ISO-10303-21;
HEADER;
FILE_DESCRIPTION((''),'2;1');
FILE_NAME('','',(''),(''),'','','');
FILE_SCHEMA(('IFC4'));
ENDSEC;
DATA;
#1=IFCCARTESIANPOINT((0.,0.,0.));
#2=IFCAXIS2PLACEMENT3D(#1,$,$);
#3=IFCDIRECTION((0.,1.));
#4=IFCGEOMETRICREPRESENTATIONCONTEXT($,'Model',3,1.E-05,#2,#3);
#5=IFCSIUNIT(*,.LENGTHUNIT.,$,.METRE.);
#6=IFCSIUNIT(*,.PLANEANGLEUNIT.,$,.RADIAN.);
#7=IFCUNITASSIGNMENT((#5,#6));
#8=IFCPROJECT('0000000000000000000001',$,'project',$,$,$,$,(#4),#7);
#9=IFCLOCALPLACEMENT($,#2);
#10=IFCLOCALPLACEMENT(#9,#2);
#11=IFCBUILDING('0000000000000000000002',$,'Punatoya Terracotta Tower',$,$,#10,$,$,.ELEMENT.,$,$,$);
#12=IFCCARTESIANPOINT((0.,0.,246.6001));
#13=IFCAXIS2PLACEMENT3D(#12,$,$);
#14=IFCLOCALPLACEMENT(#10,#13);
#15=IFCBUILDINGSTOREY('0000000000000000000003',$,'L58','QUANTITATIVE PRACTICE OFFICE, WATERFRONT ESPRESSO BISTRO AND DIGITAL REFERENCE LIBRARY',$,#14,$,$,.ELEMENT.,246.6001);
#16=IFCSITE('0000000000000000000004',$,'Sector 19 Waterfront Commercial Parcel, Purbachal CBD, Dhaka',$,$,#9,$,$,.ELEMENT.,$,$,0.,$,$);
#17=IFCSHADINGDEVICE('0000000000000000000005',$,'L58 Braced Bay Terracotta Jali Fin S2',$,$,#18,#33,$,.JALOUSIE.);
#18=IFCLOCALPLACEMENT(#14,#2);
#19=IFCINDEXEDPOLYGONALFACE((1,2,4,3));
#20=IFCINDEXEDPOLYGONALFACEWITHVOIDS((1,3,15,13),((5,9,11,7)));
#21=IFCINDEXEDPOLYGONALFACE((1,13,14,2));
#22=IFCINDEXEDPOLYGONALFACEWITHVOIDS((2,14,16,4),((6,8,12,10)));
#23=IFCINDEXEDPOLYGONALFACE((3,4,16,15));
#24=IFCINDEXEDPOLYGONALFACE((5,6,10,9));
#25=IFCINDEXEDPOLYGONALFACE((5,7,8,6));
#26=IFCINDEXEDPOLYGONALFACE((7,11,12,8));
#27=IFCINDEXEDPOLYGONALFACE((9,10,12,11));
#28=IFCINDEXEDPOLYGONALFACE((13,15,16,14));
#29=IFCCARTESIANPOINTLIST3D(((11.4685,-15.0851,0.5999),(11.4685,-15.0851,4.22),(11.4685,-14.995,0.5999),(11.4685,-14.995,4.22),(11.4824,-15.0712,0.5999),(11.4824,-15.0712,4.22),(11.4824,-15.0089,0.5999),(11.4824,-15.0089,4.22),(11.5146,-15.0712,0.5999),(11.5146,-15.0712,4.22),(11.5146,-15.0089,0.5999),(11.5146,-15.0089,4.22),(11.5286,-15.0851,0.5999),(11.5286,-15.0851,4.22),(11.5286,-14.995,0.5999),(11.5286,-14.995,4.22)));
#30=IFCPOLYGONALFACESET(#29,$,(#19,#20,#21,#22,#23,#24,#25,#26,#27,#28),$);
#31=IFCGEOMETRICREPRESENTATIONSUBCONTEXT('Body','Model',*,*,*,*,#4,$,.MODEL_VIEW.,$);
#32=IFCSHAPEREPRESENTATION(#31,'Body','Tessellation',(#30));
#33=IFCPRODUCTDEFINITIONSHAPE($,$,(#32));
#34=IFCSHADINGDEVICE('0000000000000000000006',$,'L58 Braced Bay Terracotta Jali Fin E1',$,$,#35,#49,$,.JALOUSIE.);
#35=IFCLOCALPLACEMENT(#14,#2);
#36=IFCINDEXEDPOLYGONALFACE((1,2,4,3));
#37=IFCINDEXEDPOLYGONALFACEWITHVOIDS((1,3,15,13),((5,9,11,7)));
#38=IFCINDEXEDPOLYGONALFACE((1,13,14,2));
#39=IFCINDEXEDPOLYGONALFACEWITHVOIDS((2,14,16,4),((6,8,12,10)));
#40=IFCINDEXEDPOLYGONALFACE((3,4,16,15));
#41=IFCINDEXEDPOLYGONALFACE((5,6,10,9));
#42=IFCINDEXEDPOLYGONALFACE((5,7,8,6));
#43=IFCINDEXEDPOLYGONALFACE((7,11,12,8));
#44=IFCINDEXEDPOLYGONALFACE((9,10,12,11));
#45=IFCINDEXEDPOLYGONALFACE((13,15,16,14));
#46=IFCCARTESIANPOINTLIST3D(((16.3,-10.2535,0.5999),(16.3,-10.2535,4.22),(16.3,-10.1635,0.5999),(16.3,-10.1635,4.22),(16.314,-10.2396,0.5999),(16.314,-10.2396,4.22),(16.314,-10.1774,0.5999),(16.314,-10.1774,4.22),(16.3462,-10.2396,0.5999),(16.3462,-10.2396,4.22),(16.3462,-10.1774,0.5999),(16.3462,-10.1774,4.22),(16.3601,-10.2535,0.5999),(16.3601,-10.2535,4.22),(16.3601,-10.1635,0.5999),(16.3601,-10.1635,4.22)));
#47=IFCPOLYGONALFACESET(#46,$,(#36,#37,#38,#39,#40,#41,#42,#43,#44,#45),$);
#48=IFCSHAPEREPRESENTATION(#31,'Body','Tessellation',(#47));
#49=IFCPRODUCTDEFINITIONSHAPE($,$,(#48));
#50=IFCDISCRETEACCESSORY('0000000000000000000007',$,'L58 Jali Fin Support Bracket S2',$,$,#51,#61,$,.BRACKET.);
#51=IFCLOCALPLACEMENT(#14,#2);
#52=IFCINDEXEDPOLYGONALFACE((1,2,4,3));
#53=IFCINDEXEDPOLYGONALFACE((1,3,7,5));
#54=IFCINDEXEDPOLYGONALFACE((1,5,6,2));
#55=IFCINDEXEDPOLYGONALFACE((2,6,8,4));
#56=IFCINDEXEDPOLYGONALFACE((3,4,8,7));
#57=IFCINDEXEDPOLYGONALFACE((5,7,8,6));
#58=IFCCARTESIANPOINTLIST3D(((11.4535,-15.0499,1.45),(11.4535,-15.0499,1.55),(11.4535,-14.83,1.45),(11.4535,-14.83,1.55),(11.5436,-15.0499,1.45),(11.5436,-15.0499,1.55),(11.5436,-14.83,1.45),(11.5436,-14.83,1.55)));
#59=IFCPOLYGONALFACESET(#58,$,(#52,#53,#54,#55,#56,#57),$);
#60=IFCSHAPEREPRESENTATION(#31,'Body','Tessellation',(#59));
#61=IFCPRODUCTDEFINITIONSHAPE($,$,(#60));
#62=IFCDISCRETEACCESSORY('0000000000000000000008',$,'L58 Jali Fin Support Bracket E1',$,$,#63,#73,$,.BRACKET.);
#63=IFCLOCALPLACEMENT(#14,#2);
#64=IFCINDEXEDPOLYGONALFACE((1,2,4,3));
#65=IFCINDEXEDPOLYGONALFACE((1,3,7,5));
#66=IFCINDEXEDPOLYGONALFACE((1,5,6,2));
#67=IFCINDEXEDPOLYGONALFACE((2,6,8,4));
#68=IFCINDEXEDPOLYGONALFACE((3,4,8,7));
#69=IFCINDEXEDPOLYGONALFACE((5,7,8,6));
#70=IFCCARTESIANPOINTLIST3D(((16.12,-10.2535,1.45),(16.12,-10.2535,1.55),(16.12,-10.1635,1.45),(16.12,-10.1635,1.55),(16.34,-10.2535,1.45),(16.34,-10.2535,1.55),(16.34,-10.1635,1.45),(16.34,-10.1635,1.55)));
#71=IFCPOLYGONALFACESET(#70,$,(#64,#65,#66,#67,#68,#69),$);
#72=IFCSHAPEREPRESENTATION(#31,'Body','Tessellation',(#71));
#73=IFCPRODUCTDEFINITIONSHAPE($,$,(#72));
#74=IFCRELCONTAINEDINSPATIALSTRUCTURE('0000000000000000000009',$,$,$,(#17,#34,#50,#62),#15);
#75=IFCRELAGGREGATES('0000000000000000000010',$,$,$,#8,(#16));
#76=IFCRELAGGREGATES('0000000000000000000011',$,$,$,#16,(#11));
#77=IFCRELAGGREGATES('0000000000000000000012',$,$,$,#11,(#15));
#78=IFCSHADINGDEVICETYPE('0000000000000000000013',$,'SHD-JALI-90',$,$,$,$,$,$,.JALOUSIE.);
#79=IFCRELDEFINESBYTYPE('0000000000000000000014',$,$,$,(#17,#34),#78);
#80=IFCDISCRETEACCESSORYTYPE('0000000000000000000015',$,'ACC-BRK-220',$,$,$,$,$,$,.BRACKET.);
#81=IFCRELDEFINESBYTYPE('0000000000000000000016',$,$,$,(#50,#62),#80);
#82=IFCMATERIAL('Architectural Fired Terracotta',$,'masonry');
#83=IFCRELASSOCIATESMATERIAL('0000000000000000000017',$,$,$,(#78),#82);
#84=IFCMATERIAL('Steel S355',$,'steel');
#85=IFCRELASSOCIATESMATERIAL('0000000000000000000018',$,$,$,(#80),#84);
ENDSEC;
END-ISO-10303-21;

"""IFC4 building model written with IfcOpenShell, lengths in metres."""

from ifc_helpers import new_model, si_unit, direction, frame, origin, origin_2d, place, context, subcontext, project, spatial, rectangle, hollow_rectangle, extrude, material, material_profile, profile_set, type_object, element, save


model = new_model("IFC4")

# Units and contexts
model_context = context("Model", 3, precision=1e-05, world=origin(), true_north=direction((0.0, 1.0)))
body_context = subcontext(model_context, "Body", "Model", "MODEL_VIEW")
ifc_project = project(units=[si_unit("LENGTHUNIT", "METRE"), si_unit("PLANEANGLEUNIT", "RADIAN")], contexts=[model_context])

# Site, building, storey
site_placement = place(None, origin())
site = spatial("IfcSite", under=ifc_project, at=site_placement, Name="Sector 19 Waterfront Commercial Parcel, Purbachal CBD, Dhaka", CompositionType="ELEMENT", RefElevation=0.0)
building_placement = place(site_placement, origin())
building = spatial("IfcBuilding", under=site, at=building_placement, Name="Punatoya Terracotta Tower", CompositionType="ELEMENT")
storey_placement = place(building_placement, frame((0.0, 0.0, 246.6001)))
storey = spatial("IfcBuildingStorey", under=building, at=storey_placement, Name="L58", Description="QUANTITATIVE PRACTICE OFFICE, WATERFRONT ESPRESSO BISTRO AND DIGITAL REFERENCE LIBRARY", CompositionType="ELEMENT", Elevation=246.6001)

# Shared definitions
ifc_material_1 = material(Name="Steel S355", Category="steel")

# Shading devices
ifc_material_2 = material(Name="Architectural Fired Terracotta", Category="masonry")
ifc_material_profile_1 = material_profile(ifc_material_2, hollow_rectangle(XDim=0.0601, YDim=0.0901, WallThickness=0.0139, at=origin_2d()))
ifc_profile_set_1 = profile_set([ifc_material_profile_1], Name="Architectural Fired Terracotta")
shading_device_type = type_object("IfcShadingDeviceType", Name="SHD-JALI-90", PredefinedType="JALOUSIE", material=ifc_profile_set_1)
for number, where, z_axis, x_axis, name in (
    (1, (11.4985, -15.04, 0.5999), (0.0, 0.0, 1.0), (1.0, 0.0, 0.0), "L58 Braced Bay Terracotta Jali Fin S2"),
    (2, (16.3301, -10.2085, 0.5999), (0.0, 0.0, 1.0), (1.0, 0.0, 0.0), "L58 Braced Bay Terracotta Jali Fin E1"),
):
    element("IfcShadingDevice", number, at=place(storey_placement, frame(where, z_axis=z_axis, x_axis=x_axis)), inside=storey, type_object=shading_device_type, Name=name, PredefinedType="JALOUSIE", context=body_context, shape_type="SweptSolid", body=[
        extrude(hollow_rectangle(XDim=0.0601, YDim=0.0901, WallThickness=0.0139, at=origin_2d()), origin(), (0.0, 0.0, 1.0), 3.6201),
    ])

# Discrete accessories
discrete_accessory_type = type_object("IfcDiscreteAccessoryType", Name="ACC-BRK-220", PredefinedType="BRACKET", material=ifc_material_1)
for number, where, z_axis, x_axis, name in (
    (3, (11.4985, -14.9399, 1.45), (0.0, 0.0, 1.0), (1.0, 0.0, 0.0), "L58 Jali Fin Support Bracket S2"),
    (4, (16.23, -10.2085, 1.45), (0.0, 0.0, 1.0), (0.0, 1.0, 0.0), "L58 Jali Fin Support Bracket E1"),
):
    element("IfcDiscreteAccessory", number, at=place(storey_placement, frame(where, z_axis=z_axis, x_axis=x_axis)), inside=storey, type_object=discrete_accessory_type, Name=name, PredefinedType="BRACKET", context=body_context, shape_type="SweptSolid", body=[
        extrude(rectangle(XDim=0.0901, YDim=0.22, at=origin_2d()), origin(), (0.0, 0.0, 1.0), 0.1001),
    ])

save(model, "model.ifc")
